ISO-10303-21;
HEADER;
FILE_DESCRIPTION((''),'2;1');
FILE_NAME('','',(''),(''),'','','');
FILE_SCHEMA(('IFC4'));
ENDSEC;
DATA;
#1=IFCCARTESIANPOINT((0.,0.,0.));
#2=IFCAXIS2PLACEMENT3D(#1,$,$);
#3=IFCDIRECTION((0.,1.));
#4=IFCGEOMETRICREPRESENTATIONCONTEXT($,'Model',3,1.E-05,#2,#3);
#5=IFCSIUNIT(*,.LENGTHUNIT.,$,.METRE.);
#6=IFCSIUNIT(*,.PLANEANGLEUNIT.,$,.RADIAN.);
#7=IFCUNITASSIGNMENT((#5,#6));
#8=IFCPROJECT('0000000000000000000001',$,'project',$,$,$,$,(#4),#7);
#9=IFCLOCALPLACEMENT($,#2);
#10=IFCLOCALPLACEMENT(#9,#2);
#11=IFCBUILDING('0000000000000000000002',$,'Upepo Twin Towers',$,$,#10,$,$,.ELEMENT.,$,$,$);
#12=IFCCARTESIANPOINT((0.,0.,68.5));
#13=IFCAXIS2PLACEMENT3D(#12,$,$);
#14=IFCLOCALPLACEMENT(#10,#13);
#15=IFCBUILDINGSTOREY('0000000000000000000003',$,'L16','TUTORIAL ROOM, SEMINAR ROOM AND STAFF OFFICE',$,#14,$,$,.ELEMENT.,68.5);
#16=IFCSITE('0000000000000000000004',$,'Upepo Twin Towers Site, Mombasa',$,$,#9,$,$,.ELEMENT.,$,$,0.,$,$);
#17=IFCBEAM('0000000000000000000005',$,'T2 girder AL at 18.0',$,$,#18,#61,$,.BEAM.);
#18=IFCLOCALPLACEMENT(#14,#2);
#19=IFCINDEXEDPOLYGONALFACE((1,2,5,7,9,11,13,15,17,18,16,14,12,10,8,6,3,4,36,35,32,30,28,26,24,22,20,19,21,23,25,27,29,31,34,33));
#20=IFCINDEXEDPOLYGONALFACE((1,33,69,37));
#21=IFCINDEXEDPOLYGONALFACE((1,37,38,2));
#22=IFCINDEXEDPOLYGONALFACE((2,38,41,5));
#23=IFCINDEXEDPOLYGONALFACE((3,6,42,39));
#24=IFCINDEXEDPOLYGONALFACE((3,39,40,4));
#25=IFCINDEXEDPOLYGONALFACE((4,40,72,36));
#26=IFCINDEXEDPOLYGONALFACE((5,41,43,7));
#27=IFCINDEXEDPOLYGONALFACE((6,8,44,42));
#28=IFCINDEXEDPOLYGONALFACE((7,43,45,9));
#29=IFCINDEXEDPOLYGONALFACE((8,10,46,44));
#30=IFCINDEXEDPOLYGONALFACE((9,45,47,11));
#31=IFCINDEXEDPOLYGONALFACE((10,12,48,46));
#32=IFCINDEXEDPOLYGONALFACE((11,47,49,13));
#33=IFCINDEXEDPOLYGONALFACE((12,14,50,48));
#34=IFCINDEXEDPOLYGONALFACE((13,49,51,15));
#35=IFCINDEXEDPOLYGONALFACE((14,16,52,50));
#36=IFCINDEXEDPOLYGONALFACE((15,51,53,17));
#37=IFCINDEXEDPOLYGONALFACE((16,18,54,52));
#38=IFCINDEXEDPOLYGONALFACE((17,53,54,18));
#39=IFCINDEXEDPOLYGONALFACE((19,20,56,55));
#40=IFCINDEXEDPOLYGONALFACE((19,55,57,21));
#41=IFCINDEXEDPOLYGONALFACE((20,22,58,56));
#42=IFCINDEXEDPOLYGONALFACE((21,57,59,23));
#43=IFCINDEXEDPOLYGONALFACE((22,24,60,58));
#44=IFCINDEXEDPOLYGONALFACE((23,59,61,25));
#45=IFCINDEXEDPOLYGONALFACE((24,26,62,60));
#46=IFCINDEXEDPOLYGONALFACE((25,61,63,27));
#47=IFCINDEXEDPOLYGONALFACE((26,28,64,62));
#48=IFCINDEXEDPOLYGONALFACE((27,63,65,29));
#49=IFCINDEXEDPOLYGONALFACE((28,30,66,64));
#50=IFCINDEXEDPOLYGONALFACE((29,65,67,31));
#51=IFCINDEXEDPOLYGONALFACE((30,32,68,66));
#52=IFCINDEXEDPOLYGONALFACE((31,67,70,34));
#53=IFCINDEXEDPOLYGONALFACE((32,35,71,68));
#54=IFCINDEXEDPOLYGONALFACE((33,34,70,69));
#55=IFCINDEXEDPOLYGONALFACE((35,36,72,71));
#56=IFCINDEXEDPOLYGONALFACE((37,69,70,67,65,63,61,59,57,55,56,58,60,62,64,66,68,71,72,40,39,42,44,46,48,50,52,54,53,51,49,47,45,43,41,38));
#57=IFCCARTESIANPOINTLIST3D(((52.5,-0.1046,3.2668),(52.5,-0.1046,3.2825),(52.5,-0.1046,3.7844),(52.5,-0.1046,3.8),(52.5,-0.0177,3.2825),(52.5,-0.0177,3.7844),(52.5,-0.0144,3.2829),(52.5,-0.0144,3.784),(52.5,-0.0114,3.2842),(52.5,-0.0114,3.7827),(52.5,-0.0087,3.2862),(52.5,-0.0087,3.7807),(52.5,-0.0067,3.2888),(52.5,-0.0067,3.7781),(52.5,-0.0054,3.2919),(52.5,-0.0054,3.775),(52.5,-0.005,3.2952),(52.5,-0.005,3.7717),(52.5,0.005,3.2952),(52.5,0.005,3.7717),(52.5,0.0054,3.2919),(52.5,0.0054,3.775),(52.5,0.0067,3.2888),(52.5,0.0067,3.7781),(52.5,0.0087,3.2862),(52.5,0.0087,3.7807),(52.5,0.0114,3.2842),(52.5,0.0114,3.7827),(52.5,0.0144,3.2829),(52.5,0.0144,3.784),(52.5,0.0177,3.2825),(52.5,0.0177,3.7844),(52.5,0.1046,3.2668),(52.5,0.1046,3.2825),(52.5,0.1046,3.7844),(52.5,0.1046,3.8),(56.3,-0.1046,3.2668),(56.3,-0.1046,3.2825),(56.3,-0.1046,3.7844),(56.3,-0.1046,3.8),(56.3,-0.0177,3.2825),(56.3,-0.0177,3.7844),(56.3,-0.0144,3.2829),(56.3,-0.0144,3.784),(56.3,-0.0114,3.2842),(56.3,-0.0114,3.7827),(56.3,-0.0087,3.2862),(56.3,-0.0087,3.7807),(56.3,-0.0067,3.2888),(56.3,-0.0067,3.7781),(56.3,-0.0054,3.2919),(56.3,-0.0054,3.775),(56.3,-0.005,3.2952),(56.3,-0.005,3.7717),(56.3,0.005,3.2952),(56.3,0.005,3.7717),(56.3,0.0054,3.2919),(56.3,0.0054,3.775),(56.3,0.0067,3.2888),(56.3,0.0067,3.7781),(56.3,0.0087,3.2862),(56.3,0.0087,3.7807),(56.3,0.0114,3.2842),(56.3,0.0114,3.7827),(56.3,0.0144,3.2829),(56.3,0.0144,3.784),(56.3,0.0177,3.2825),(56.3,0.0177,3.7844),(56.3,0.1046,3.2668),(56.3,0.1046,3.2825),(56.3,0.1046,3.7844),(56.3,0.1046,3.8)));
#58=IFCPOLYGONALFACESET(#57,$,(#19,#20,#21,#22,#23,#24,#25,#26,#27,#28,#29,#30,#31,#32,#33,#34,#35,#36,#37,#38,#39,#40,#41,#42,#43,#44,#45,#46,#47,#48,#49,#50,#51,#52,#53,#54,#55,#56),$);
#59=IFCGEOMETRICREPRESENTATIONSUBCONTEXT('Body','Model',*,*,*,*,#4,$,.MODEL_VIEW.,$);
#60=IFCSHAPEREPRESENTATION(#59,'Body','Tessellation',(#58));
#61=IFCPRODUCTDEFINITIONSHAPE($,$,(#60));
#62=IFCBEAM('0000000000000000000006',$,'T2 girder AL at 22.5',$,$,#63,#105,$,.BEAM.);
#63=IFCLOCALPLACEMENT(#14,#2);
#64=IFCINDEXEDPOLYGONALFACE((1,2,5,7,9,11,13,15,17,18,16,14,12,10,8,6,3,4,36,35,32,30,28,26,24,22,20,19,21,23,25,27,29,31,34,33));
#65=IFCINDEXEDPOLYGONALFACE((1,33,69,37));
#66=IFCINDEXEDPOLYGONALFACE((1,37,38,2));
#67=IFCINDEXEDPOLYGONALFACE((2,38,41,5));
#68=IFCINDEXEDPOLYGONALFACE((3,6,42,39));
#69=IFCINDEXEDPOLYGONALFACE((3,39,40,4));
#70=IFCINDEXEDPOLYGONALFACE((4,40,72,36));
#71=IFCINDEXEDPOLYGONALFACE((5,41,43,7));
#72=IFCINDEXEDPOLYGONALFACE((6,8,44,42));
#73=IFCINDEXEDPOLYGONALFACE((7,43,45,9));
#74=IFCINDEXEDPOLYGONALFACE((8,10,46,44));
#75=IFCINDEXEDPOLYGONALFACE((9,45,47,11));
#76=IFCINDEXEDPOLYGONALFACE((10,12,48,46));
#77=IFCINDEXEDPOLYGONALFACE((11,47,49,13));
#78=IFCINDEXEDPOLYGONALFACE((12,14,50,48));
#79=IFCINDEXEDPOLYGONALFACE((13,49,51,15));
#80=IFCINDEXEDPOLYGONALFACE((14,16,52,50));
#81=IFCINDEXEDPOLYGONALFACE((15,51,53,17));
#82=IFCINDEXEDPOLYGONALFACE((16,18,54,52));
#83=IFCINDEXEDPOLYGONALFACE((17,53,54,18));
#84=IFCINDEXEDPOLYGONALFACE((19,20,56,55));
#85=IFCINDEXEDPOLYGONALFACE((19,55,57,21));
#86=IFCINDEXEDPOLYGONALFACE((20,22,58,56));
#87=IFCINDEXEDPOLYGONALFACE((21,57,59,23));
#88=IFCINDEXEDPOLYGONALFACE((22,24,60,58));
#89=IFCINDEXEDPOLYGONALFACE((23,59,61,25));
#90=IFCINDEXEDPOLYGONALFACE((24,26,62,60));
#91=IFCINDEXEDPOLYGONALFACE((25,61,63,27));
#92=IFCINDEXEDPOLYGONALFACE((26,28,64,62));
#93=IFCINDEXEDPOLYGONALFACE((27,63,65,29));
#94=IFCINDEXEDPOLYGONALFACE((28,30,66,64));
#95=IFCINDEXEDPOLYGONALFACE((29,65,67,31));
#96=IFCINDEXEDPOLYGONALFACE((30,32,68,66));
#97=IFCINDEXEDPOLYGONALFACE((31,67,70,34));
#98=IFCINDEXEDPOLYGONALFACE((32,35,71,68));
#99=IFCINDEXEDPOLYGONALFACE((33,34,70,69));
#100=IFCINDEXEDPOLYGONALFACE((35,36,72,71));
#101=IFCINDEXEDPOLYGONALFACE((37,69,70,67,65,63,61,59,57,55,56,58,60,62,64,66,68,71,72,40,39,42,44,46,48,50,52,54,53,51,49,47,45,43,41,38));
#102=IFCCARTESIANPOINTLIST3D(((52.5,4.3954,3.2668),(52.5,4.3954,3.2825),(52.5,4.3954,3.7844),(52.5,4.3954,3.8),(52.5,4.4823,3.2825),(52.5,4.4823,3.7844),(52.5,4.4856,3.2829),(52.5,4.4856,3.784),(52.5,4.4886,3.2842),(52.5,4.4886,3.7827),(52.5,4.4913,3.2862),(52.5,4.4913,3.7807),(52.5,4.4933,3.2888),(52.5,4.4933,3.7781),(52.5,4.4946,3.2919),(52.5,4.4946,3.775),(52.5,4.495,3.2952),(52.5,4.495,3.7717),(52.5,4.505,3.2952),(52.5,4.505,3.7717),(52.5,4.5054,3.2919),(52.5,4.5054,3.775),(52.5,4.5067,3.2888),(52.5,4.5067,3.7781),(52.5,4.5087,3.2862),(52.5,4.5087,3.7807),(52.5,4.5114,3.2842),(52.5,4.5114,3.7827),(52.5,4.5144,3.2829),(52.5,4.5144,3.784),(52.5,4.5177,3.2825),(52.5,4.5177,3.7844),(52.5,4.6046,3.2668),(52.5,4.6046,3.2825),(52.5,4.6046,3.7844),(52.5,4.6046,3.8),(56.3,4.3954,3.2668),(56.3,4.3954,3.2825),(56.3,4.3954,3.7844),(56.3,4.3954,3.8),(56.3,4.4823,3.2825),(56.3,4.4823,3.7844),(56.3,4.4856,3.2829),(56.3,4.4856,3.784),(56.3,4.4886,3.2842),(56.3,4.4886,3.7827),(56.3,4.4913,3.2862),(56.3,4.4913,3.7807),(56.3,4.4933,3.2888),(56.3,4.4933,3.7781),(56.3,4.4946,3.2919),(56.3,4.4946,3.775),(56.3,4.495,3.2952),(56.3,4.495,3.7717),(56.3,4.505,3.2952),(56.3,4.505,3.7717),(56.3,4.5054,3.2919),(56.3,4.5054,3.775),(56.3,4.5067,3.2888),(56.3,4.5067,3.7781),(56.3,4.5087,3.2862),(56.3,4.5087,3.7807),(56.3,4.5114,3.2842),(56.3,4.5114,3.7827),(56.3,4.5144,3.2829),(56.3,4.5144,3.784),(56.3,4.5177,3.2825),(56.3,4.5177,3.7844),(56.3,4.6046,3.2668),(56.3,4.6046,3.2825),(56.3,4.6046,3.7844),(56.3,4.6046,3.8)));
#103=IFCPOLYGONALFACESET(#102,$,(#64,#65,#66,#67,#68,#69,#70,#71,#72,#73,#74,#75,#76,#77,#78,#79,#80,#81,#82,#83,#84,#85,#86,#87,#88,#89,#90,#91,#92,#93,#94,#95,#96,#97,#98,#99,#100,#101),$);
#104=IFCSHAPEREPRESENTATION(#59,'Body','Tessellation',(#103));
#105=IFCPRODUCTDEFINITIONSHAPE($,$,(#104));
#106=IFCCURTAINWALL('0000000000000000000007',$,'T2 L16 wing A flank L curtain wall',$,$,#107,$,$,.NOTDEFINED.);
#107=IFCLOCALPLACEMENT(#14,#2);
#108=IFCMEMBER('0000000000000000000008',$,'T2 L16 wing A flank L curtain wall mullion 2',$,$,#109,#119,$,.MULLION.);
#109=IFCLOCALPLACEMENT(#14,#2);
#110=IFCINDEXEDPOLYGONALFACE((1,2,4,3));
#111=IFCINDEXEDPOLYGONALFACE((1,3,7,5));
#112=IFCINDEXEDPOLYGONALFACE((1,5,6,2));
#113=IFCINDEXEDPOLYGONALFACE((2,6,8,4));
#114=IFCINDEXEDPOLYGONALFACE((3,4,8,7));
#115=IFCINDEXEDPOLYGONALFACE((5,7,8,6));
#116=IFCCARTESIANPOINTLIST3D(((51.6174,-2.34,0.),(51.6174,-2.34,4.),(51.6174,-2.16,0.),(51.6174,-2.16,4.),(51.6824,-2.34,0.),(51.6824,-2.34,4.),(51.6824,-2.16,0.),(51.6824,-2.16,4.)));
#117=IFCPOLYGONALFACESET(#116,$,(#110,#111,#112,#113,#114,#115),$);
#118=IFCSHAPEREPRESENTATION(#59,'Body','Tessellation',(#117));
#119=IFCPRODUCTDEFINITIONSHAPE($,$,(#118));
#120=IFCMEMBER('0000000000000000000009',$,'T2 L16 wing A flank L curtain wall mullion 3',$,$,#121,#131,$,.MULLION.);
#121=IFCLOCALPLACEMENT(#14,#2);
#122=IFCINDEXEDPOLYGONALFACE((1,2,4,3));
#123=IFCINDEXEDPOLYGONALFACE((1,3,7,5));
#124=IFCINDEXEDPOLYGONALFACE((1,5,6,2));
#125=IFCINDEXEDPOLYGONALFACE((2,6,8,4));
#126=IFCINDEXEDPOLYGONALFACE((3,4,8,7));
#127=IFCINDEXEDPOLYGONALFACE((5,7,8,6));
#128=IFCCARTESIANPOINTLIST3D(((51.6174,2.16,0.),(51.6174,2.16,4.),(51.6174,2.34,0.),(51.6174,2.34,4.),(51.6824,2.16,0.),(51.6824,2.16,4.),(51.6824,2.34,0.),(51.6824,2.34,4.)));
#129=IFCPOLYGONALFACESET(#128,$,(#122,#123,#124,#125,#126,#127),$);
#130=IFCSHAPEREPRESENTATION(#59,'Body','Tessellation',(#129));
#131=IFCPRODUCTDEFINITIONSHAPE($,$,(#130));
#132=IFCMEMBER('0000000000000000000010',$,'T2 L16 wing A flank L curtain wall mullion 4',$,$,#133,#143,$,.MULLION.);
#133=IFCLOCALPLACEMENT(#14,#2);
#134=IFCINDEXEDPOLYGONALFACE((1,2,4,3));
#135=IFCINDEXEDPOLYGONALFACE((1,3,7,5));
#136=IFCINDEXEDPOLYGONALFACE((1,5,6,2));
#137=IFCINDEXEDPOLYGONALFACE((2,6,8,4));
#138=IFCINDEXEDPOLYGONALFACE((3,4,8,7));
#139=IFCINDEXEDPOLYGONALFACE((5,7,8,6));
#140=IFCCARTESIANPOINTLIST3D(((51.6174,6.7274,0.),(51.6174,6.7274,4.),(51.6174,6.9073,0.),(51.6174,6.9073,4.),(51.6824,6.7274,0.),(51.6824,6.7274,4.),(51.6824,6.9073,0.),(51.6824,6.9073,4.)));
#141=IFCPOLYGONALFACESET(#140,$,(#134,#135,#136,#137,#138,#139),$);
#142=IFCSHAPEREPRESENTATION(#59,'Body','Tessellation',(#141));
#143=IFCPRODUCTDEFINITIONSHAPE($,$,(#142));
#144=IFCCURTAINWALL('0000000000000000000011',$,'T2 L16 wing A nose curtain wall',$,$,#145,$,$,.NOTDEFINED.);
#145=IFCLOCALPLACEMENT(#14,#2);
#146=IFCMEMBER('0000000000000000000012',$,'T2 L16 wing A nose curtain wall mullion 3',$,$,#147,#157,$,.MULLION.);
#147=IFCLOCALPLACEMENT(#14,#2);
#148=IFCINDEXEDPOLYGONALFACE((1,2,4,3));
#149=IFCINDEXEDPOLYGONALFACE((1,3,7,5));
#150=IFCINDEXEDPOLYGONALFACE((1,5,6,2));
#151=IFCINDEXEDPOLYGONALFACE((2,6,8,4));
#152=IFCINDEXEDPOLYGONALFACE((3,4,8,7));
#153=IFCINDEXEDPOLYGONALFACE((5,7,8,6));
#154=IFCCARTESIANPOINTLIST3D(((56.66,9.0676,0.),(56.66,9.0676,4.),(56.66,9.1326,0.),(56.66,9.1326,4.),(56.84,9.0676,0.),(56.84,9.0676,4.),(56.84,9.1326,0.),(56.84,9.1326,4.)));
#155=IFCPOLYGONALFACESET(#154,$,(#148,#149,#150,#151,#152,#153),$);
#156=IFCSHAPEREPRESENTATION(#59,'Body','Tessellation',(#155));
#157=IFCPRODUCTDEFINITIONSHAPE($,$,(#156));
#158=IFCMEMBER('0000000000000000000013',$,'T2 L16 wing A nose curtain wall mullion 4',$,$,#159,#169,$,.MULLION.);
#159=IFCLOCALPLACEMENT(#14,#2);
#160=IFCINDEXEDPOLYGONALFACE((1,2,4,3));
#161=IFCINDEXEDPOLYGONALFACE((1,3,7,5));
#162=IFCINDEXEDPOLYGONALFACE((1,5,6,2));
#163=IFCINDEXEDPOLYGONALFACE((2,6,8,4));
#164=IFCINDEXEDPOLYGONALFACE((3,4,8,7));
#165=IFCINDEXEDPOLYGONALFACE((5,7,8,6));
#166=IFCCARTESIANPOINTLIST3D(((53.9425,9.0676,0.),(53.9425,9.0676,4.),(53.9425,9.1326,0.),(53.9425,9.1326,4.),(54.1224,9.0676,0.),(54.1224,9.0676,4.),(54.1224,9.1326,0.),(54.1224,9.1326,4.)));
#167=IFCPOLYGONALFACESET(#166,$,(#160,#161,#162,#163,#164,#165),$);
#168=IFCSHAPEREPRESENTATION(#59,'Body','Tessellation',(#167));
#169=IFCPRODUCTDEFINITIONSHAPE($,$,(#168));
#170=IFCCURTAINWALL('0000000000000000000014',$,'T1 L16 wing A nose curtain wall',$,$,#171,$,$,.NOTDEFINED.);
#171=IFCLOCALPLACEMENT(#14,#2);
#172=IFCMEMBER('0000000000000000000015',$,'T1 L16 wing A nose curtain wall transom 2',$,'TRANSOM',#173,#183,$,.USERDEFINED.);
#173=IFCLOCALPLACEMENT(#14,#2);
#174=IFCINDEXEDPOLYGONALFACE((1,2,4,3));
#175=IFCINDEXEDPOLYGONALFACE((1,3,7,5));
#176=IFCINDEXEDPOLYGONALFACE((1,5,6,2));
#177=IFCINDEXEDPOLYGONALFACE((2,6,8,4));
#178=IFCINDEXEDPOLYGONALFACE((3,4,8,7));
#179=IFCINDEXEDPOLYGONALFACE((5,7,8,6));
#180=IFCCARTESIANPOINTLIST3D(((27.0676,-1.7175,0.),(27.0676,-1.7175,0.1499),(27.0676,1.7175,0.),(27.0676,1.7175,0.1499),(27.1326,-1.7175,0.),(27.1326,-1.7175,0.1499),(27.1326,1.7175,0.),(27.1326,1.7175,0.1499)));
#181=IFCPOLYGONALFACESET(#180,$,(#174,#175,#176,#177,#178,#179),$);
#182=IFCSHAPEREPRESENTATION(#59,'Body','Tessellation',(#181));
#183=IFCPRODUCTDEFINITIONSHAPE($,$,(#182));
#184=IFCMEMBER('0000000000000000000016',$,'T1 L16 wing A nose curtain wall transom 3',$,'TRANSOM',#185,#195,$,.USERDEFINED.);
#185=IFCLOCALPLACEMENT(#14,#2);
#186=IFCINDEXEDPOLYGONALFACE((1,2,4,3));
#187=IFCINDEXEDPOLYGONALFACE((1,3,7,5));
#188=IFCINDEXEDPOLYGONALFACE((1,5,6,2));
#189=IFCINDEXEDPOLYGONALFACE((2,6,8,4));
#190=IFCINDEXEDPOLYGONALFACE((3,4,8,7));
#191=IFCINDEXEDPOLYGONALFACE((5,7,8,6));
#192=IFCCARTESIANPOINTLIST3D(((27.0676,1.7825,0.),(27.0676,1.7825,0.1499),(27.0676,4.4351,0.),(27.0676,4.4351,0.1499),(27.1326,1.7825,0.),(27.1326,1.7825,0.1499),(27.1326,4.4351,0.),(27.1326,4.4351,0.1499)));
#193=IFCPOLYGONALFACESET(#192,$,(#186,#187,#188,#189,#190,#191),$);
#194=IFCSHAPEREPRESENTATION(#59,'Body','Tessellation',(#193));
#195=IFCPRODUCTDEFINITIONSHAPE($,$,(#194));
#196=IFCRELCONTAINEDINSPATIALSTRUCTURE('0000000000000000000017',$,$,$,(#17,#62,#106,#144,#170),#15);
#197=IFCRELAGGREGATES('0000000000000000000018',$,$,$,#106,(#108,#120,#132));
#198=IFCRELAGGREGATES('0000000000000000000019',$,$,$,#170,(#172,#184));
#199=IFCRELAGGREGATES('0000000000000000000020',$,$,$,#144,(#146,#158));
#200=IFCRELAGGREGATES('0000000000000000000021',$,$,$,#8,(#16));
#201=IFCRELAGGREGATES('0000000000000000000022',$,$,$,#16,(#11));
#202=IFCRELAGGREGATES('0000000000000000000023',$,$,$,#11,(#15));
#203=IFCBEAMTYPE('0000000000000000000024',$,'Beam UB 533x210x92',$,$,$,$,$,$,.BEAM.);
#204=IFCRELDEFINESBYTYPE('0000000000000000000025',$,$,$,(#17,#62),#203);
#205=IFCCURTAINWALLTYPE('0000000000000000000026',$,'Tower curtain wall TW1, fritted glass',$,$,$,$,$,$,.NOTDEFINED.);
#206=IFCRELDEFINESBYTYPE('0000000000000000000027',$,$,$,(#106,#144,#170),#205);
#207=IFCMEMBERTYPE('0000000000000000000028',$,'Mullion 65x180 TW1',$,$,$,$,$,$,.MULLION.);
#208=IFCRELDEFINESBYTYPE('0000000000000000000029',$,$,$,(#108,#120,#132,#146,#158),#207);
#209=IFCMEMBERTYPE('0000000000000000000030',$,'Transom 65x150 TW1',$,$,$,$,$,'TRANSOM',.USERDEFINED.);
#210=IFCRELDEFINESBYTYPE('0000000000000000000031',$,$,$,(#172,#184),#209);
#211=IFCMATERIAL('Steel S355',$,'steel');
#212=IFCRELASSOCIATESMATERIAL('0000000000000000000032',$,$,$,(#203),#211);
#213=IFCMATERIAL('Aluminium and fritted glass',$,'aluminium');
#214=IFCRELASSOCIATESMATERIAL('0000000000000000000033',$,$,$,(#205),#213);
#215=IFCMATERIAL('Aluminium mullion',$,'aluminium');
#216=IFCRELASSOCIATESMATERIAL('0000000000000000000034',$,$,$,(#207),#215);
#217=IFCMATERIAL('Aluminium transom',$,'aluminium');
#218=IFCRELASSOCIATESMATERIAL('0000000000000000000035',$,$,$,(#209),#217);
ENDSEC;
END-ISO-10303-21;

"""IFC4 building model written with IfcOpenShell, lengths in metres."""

from ifc_helpers import new_model, si_unit, direction, frame, origin, origin_2d, place, context, subcontext, project, spatial, rectangle, i_section, extrude, material, material_profile, profile_set, type_object, element, aggregate, save


model = new_model("IFC4")

# Units and contexts
model_context = context("Model", 3, precision=1e-05, world=origin(), true_north=direction((0.0, 1.0)))
body_context = subcontext(model_context, "Body", "Model", "MODEL_VIEW")
ifc_project = project(units=[si_unit("LENGTHUNIT", "METRE"), si_unit("PLANEANGLEUNIT", "RADIAN")], contexts=[model_context])

# Site, building, storey
site_placement = place(None, origin())
site = spatial("IfcSite", under=ifc_project, at=site_placement, Name="Upepo Twin Towers Site, Mombasa", CompositionType="ELEMENT", RefElevation=0.0)
building_placement = place(site_placement, origin())
building = spatial("IfcBuilding", under=site, at=building_placement, Name="Upepo Twin Towers", CompositionType="ELEMENT")
storey_placement = place(building_placement, frame((0.0, 0.0, 68.5)))
storey = spatial("IfcBuildingStorey", under=building, at=storey_placement, Name="L16", Description="TUTORIAL ROOM, SEMINAR ROOM AND STAFF OFFICE", CompositionType="ELEMENT", Elevation=68.5)

# Beams
ifc_material_1 = material(Name="Steel S355", Category="steel")
ifc_material_profile_1 = material_profile(ifc_material_1, i_section(OverallWidth=0.2092, OverallDepth=0.5332, WebThickness=0.01, FlangeThickness=0.0156, FilletRadius=0.0127, at=origin_2d()), Name="UB 533x210x92")
ifc_profile_set_1 = profile_set([ifc_material_profile_1], Name="Steel S355")
beam_type_1 = type_object("IfcBeamType", Name="Beam UB 533x210x92", PredefinedType="BEAM", material=ifc_profile_set_1)
for number, where, z_axis, x_axis, name in (
    (1, (52.5, 0.0, 3.5334), (1.0, 0.0, 0.0), (0.0, 1.0, 0.0), "T2 girder AL at 18.0"),
    (2, (52.5, 4.5, 3.5334), (1.0, 0.0, 0.0), (0.0, 1.0, 0.0), "T2 girder AL at 22.5"),
):
    element("IfcBeam", number, at=place(storey_placement, frame(where, z_axis=z_axis, x_axis=x_axis)), inside=storey, type_object=beam_type_1, Name=name, PredefinedType="BEAM", context=body_context, shape_type="SweptSolid", body=[
        extrude(i_section(OverallWidth=0.2092, OverallDepth=0.5332, WebThickness=0.01, FlangeThickness=0.0156, FilletRadius=0.0127, at=origin_2d()), origin(), (0.0, 0.0, 1.0), 3.8),
    ])

# Curtain walls, members
ifc_material_2 = material(Name="Aluminium and fritted glass", Category="aluminium")
curtain_wall_type = type_object("IfcCurtainWallType", Name="Tower curtain wall TW1, fritted glass", PredefinedType="NOTDEFINED", material=ifc_material_2)
curtain_wall_1_placement = place(storey_placement, origin())
curtain_wall_1 = element("IfcCurtainWall", 3, at=curtain_wall_1_placement, inside=storey, type_object=curtain_wall_type, Name="T2 L16 wing A flank L curtain wall", PredefinedType="NOTDEFINED")
ifc_material_3 = material(Name="Aluminium mullion", Category="aluminium")
ifc_material_profile_2 = material_profile(ifc_material_3, rectangle(XDim=0.0649, YDim=0.1799, at=origin_2d()), Name="MULLION 65x180")
ifc_profile_set_2 = profile_set([ifc_material_profile_2], Name="Aluminium mullion")
member_type_1 = type_object("IfcMemberType", Name="Mullion 65x180 TW1", PredefinedType="MULLION", material=ifc_profile_set_2)
member_1_placement = place(storey_placement, frame((51.6499, -2.25, 0.0), z_axis=(0.0, 0.0, 1.0), x_axis=(-1.0, 0.0, 0.0)))
member_1 = element("IfcMember", 4, at=member_1_placement, type_object=member_type_1, Name="T2 L16 wing A flank L curtain wall mullion 2", PredefinedType="MULLION", context=body_context, shape_type="SweptSolid", body=[
    extrude(rectangle(XDim=0.0649, YDim=0.1799, at=origin_2d()), origin(), (0.0, 0.0, 1.0), 4.0),
])
member_2_placement = place(storey_placement, frame((51.6499, 2.25, 0.0), z_axis=(0.0, 0.0, 1.0), x_axis=(-1.0, 0.0, 0.0)))
member_2 = element("IfcMember", 5, at=member_2_placement, type_object=member_type_1, Name="T2 L16 wing A flank L curtain wall mullion 3", PredefinedType="MULLION", context=body_context, shape_type="SweptSolid", body=[
    extrude(rectangle(XDim=0.0649, YDim=0.1799, at=origin_2d()), origin(), (0.0, 0.0, 1.0), 4.0),
])
member_3_placement = place(storey_placement, frame((51.6499, 6.8174, 0.0), z_axis=(0.0, 0.0, 1.0), x_axis=(-1.0, 0.0, 0.0)))
member_3 = element("IfcMember", 6, at=member_3_placement, type_object=member_type_1, Name="T2 L16 wing A flank L curtain wall mullion 4", PredefinedType="MULLION", context=body_context, shape_type="SweptSolid", body=[
    extrude(rectangle(XDim=0.0649, YDim=0.1799, at=origin_2d()), origin(), (0.0, 0.0, 1.0), 4.0),
])
curtain_wall_2_placement = place(storey_placement, origin())
curtain_wall_2 = element("IfcCurtainWall", 7, at=curtain_wall_2_placement, inside=storey, type_object=curtain_wall_type, Name="T2 L16 wing A nose curtain wall", PredefinedType="NOTDEFINED")
member_4_placement = place(storey_placement, frame((56.75, 9.1001, 0.0), z_axis=(0.0, 0.0, 1.0), x_axis=(0.0, -1.0, 0.0)))
member_4 = element("IfcMember", 8, at=member_4_placement, type_object=member_type_1, Name="T2 L16 wing A nose curtain wall mullion 3", PredefinedType="MULLION", context=body_context, shape_type="SweptSolid", body=[
    extrude(rectangle(XDim=0.0649, YDim=0.1799, at=origin_2d()), origin(), (0.0, 0.0, 1.0), 4.0),
])
member_5_placement = place(storey_placement, frame((54.0325, 9.1001, 0.0), z_axis=(0.0, 0.0, 1.0), x_axis=(0.0, -1.0, 0.0)))
member_5 = element("IfcMember", 9, at=member_5_placement, type_object=member_type_1, Name="T2 L16 wing A nose curtain wall mullion 4", PredefinedType="MULLION", context=body_context, shape_type="SweptSolid", body=[
    extrude(rectangle(XDim=0.0649, YDim=0.1799, at=origin_2d()), origin(), (0.0, 0.0, 1.0), 4.0),
])
curtain_wall_3_placement = place(storey_placement, origin())
curtain_wall_3 = element("IfcCurtainWall", 10, at=curtain_wall_3_placement, inside=storey, type_object=curtain_wall_type, Name="T1 L16 wing A nose curtain wall", PredefinedType="NOTDEFINED")
ifc_material_4 = material(Name="Aluminium transom", Category="aluminium")
ifc_material_profile_3 = material_profile(ifc_material_4, rectangle(XDim=0.0649, YDim=0.1499, at=origin_2d()), Name="TRANSOM 65x150")
ifc_profile_set_3 = profile_set([ifc_material_profile_3], Name="Aluminium transom")
member_type_2 = type_object("IfcMemberType", Name="Transom 65x150 TW1", ElementType="TRANSOM", PredefinedType="USERDEFINED", material=ifc_profile_set_3)
member_6_placement = place(storey_placement, frame((27.1001, -1.7175, 0.075), z_axis=(0.0, 1.0, 0.0), x_axis=(-1.0, 0.0, 0.0)))
member_6 = element("IfcMember", 11, at=member_6_placement, type_object=member_type_2, Name="T1 L16 wing A nose curtain wall transom 2", ObjectType="TRANSOM", PredefinedType="USERDEFINED", context=body_context, shape_type="SweptSolid", body=[
    extrude(rectangle(XDim=0.0649, YDim=0.1499, at=origin_2d()), origin(), (0.0, 0.0, 1.0), 3.4351),
])
member_7_placement = place(storey_placement, frame((27.1001, 1.7825, 0.075), z_axis=(0.0, 1.0, 0.0), x_axis=(-1.0, 0.0, 0.0)))
member_7 = element("IfcMember", 12, at=member_7_placement, type_object=member_type_2, Name="T1 L16 wing A nose curtain wall transom 3", ObjectType="TRANSOM", PredefinedType="USERDEFINED", context=body_context, shape_type="SweptSolid", body=[
    extrude(rectangle(XDim=0.0649, YDim=0.1499, at=origin_2d()), origin(), (0.0, 0.0, 1.0), 2.6526),
])

aggregate(curtain_wall_1, [member_1, member_2, member_3])
aggregate(curtain_wall_3, [member_6, member_7])
aggregate(curtain_wall_2, [member_4, member_5])

save(model, "model.ifc")
